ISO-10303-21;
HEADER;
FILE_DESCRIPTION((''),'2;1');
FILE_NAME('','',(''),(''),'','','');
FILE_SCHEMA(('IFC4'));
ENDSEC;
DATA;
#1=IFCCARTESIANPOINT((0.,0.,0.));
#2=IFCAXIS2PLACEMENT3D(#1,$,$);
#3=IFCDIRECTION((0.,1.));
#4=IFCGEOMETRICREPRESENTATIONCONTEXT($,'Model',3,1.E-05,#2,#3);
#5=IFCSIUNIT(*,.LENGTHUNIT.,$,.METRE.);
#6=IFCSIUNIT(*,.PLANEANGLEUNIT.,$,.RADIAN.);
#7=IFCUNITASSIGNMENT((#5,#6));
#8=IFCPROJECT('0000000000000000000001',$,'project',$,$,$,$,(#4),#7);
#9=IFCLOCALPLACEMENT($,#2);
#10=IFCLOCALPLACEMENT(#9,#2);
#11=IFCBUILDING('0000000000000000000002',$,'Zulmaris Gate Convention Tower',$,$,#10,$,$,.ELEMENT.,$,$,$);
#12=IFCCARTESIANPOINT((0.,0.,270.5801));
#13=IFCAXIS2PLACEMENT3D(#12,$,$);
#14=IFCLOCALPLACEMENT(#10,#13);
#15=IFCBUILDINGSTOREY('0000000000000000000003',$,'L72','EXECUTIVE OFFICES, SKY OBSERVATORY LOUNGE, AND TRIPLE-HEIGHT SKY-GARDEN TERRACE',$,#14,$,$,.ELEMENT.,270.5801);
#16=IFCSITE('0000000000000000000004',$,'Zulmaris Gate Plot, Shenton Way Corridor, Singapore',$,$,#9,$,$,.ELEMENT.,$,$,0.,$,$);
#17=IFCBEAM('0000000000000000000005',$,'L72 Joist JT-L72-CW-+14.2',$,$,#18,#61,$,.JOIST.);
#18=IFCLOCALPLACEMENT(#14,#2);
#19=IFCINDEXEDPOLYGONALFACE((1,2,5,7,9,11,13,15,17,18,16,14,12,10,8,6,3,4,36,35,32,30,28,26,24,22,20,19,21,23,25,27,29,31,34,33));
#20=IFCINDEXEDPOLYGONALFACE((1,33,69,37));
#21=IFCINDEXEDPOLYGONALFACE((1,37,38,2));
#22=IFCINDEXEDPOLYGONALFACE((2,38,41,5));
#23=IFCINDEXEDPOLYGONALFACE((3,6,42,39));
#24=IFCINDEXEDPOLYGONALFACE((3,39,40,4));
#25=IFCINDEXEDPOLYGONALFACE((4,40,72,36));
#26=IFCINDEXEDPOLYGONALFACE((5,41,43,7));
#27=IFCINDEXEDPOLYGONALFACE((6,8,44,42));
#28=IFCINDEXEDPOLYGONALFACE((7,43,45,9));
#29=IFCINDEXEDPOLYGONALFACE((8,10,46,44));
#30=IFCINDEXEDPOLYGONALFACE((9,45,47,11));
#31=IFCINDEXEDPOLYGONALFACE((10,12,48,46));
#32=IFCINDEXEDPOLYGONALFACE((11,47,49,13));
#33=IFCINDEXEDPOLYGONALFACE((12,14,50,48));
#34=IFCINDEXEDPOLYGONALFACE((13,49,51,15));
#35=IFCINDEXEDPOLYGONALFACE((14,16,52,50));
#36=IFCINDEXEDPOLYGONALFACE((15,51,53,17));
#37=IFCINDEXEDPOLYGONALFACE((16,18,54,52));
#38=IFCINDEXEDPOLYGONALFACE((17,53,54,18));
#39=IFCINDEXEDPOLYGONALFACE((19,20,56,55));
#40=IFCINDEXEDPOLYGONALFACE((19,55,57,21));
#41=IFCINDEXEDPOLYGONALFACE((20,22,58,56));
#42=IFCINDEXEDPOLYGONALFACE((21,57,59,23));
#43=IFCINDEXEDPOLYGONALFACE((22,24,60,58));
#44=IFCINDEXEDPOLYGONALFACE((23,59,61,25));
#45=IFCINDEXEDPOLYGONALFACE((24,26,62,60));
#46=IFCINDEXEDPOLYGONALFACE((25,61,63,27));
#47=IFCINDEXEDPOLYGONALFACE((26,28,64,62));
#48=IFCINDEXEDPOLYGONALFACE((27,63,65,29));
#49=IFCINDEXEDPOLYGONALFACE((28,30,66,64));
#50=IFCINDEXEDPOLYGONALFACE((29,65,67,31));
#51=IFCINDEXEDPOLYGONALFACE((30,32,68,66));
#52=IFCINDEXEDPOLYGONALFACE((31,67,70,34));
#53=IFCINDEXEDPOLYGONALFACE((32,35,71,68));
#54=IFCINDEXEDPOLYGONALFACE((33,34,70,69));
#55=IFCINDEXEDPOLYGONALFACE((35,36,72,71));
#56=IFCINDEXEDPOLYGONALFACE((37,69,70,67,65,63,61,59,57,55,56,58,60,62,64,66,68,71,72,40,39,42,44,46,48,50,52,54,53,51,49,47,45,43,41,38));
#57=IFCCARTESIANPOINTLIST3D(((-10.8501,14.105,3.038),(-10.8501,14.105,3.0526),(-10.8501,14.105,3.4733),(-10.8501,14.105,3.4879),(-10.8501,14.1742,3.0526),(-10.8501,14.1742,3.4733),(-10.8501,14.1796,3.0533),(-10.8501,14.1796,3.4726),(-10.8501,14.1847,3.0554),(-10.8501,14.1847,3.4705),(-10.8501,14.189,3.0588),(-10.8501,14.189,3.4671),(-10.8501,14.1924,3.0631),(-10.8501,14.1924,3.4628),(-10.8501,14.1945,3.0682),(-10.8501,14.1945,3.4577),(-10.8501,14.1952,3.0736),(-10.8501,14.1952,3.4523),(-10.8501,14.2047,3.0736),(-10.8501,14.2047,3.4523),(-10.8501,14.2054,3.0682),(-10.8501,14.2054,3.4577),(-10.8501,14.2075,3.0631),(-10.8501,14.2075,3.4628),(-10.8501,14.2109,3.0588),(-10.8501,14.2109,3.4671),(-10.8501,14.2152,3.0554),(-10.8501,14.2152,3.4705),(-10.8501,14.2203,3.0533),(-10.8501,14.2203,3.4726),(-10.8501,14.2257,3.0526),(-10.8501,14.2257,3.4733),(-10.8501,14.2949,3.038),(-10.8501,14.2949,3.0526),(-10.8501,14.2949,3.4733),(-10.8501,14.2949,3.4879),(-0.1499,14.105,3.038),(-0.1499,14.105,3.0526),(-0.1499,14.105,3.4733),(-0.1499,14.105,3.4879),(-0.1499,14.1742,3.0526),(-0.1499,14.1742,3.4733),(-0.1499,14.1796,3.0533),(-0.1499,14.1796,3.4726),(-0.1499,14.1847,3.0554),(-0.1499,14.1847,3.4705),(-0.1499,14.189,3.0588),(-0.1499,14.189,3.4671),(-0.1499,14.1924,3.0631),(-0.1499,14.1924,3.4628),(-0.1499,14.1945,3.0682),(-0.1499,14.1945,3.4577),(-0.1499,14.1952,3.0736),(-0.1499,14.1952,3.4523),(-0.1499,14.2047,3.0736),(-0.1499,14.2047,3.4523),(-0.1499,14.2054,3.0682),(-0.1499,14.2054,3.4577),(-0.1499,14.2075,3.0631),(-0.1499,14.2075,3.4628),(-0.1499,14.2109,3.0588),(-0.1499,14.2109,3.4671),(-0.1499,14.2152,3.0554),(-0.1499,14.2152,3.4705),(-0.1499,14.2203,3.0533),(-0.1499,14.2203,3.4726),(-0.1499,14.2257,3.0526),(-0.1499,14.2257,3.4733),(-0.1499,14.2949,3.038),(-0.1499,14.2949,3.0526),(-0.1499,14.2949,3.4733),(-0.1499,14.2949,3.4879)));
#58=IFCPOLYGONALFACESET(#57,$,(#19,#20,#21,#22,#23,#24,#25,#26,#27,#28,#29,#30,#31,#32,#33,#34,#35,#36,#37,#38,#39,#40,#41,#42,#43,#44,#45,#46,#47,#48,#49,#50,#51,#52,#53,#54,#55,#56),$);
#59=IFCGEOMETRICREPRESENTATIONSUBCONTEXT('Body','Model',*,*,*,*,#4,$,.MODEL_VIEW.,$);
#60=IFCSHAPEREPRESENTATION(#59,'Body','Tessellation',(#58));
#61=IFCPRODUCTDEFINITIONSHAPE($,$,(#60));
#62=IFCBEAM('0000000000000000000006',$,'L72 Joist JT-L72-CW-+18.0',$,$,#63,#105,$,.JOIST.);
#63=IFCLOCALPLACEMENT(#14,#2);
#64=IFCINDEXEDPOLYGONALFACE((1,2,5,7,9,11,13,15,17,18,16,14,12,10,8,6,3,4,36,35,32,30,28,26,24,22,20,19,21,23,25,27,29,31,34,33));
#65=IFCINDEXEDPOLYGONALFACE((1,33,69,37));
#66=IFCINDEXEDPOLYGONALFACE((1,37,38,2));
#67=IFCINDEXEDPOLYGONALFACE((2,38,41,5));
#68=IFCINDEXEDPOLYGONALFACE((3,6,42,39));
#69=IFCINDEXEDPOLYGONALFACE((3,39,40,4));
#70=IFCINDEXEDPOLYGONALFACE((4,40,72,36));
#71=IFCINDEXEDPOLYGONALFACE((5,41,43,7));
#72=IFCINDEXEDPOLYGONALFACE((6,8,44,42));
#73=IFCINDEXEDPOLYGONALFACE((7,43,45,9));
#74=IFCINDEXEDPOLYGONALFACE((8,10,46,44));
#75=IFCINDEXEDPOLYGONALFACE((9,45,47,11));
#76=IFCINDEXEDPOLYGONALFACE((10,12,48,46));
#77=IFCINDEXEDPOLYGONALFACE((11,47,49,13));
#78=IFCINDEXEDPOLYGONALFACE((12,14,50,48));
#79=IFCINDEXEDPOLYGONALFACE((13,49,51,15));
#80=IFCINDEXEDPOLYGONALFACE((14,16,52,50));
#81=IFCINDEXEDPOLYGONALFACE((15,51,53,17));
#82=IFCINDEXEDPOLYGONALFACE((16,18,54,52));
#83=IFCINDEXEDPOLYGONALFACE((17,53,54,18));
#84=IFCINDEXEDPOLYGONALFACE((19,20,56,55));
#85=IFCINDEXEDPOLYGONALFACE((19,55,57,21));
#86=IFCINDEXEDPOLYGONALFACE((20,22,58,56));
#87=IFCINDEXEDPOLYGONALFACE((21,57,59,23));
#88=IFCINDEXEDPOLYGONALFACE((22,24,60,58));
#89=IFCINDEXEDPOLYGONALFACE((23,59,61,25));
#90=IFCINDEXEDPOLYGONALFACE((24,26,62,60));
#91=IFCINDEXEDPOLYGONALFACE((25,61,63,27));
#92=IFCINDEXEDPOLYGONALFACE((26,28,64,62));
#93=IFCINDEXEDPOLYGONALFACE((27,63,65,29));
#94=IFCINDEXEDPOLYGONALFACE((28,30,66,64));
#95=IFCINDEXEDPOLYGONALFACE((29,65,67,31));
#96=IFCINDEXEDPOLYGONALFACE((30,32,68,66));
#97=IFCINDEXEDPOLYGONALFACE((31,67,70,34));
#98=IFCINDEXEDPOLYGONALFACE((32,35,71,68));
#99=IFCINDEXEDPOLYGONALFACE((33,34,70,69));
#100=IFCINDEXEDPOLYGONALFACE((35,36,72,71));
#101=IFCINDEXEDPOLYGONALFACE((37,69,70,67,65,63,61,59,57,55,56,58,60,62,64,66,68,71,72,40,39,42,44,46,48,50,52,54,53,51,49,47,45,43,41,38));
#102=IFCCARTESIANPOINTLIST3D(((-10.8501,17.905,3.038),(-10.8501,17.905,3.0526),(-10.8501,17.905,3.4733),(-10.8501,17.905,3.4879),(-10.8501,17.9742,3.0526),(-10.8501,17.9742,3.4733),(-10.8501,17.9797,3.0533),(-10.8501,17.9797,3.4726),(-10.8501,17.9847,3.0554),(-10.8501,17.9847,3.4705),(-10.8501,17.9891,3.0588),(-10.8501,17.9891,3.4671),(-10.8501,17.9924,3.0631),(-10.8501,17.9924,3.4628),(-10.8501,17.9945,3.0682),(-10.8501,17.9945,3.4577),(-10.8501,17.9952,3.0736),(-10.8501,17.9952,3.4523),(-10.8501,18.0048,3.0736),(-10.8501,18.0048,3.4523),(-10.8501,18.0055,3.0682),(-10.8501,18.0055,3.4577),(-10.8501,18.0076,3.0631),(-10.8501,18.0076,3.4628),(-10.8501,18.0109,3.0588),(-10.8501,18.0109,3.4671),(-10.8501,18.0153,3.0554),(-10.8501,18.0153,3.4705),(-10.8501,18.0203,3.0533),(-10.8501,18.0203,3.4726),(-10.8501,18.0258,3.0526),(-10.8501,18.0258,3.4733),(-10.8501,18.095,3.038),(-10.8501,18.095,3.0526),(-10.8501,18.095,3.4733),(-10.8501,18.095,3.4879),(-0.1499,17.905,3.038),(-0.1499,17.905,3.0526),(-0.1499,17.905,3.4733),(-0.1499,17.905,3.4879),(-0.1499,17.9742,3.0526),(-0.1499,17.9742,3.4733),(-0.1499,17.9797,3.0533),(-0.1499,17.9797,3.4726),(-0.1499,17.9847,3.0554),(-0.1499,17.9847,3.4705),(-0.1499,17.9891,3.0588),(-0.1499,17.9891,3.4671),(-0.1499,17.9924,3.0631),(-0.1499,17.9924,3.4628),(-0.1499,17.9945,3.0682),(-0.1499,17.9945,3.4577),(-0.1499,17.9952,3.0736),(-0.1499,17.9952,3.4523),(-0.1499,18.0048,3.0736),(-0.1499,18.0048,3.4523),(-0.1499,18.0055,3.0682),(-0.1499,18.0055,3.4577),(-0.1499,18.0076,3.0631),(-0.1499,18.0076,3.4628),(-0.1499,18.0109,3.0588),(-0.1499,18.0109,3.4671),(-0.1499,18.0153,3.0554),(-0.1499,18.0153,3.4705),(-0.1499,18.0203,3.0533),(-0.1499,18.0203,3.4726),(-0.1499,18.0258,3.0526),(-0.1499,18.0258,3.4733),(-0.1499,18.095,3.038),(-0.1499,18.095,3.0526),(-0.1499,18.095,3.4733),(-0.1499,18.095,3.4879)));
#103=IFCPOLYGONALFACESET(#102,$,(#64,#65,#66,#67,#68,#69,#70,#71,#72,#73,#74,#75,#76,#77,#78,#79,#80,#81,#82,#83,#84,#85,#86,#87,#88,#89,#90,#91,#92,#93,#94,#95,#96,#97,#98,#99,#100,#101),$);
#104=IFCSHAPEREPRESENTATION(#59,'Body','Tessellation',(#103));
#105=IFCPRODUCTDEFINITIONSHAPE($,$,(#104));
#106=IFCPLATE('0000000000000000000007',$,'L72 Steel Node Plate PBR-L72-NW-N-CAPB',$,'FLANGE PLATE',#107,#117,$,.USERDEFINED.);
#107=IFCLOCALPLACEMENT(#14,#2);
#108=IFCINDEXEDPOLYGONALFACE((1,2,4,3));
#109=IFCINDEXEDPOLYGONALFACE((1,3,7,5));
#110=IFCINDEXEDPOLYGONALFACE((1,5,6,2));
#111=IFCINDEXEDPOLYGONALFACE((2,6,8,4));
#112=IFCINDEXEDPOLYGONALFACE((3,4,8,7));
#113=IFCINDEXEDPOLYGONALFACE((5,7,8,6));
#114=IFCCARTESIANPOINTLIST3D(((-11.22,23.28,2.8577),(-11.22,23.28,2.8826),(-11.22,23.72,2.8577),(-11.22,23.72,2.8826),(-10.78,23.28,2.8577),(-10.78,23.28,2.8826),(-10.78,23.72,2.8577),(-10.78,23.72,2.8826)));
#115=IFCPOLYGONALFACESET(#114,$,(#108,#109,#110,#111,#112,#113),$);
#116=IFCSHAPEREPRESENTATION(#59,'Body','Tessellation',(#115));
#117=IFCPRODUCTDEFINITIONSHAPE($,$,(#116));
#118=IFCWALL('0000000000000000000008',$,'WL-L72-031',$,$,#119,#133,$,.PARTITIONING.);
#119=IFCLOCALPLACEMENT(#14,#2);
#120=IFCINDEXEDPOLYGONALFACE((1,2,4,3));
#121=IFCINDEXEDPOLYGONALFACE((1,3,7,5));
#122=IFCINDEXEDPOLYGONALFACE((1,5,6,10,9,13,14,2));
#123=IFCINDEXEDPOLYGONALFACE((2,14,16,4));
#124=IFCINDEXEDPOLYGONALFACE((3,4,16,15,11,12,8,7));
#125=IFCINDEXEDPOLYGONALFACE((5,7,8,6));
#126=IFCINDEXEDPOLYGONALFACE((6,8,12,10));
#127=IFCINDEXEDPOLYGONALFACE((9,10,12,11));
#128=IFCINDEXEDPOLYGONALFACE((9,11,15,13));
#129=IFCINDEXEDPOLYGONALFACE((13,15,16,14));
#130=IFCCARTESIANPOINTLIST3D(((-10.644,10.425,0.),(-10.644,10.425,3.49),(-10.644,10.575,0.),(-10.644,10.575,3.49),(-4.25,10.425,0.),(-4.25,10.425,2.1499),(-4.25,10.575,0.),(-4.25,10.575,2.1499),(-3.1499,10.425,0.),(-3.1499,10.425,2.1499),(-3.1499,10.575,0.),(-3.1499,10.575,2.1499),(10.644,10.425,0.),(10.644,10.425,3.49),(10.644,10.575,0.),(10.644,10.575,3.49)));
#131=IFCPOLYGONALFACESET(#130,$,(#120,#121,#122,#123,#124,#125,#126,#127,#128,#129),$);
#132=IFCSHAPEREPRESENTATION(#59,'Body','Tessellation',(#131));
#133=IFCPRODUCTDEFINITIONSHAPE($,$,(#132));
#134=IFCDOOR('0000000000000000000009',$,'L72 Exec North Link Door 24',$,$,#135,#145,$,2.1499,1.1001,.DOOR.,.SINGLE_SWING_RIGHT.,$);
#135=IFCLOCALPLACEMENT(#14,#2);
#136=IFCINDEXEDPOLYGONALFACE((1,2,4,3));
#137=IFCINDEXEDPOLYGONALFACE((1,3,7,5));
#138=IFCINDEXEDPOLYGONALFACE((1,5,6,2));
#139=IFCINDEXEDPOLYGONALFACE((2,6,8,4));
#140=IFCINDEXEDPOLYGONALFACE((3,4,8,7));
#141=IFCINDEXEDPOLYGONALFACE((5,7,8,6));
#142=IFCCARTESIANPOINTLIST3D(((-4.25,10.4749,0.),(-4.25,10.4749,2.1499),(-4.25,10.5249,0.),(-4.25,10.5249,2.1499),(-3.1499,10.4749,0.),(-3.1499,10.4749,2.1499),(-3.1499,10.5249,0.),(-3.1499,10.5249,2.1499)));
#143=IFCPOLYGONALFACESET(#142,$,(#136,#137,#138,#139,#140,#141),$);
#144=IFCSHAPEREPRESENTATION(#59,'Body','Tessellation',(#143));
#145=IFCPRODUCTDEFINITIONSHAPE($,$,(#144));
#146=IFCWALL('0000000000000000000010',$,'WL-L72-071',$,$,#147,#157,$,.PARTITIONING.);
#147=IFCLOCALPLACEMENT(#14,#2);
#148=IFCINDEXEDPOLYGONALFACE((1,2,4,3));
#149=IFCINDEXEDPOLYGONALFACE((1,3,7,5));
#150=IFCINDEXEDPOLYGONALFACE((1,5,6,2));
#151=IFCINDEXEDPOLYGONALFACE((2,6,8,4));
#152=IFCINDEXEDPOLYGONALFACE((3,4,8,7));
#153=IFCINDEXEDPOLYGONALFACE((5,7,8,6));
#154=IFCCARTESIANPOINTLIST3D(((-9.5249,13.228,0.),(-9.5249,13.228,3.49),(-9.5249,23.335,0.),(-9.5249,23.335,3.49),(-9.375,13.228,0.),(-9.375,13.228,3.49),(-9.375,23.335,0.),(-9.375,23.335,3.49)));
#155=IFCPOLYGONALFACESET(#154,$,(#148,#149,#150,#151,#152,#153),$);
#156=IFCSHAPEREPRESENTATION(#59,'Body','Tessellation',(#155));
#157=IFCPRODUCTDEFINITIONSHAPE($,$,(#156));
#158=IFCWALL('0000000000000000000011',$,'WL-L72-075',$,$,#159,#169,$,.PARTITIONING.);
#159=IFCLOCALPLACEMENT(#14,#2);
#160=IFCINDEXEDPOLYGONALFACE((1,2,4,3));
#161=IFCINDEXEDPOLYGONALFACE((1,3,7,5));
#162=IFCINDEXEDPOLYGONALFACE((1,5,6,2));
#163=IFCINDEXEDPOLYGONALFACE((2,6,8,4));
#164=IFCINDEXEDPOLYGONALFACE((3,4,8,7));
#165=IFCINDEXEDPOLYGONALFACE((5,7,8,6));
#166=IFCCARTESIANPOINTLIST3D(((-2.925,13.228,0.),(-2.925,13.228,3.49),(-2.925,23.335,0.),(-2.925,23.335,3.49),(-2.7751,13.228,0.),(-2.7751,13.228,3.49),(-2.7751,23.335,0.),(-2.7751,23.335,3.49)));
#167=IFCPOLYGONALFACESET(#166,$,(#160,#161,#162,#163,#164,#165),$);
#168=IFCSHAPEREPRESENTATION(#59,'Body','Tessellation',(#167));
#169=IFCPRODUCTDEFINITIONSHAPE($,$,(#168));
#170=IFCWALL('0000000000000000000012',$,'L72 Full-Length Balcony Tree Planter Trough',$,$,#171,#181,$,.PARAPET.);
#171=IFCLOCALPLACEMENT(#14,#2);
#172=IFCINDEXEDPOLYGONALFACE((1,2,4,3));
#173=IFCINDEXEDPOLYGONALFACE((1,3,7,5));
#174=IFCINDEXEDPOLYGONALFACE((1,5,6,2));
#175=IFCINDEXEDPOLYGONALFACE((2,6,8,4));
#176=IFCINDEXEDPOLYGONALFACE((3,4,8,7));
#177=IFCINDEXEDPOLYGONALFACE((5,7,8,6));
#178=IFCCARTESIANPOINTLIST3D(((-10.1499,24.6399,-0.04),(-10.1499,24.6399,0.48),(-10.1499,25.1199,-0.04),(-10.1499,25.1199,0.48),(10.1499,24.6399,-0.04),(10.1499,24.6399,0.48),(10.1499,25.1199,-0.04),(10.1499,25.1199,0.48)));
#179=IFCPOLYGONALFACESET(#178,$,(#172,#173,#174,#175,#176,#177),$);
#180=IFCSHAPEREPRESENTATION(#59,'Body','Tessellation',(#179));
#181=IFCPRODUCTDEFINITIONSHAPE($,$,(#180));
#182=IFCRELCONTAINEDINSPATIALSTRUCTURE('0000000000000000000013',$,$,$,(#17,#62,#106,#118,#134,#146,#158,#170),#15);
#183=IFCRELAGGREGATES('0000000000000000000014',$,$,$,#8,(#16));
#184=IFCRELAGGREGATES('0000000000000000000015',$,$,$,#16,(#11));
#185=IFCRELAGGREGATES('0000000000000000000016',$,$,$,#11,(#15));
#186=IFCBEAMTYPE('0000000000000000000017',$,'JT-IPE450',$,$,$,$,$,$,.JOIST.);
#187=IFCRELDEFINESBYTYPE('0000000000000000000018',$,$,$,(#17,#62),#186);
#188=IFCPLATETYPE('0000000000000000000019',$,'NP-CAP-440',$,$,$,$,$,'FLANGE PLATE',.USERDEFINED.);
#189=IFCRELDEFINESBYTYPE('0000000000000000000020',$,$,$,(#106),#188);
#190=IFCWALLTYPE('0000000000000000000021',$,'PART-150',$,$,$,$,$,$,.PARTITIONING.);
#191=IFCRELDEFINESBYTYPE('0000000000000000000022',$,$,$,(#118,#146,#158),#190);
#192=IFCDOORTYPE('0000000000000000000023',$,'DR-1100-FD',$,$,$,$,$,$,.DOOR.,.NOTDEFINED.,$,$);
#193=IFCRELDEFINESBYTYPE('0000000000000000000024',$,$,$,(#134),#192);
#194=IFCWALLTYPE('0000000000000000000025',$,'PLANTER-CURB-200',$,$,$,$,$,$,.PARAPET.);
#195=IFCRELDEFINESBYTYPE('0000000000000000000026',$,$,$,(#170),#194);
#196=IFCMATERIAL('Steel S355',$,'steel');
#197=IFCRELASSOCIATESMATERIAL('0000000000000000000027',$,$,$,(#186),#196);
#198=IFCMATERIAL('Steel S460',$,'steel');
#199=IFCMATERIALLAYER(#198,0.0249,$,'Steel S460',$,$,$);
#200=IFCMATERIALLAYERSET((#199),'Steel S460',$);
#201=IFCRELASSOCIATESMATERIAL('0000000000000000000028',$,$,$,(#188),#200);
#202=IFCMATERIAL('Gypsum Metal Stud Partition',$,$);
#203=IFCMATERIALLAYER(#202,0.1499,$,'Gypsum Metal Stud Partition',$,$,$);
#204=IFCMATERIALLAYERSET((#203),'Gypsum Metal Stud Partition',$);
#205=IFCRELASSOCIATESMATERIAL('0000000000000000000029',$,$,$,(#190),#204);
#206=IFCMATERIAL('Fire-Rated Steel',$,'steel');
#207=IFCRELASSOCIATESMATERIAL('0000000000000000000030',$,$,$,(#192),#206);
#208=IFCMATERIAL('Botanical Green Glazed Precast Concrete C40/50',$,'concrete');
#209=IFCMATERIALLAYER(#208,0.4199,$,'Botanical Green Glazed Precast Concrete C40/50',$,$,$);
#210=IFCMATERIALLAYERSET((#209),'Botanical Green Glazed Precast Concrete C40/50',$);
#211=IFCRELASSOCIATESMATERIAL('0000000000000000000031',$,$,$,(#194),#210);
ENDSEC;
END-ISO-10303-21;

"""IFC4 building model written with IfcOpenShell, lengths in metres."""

from ifc_helpers import new_model, si_unit, direction, frame, frame_2d, origin, origin_2d, place, context, subcontext, project, spatial, rectangle, i_section, extrude, material, layer, layer_set, material_profile, profile_set, type_object, element, fill, save


model = new_model("IFC4")

# Units and contexts
model_context = context("Model", 3, precision=1e-05, world=origin(), true_north=direction((0.0, 1.0)))
body_context = subcontext(model_context, "Body", "Model", "MODEL_VIEW")
ifc_project = project(units=[si_unit("LENGTHUNIT", "METRE"), si_unit("PLANEANGLEUNIT", "RADIAN")], contexts=[model_context])

# Site, building, storey
site_placement = place(None, origin())
site = spatial("IfcSite", under=ifc_project, at=site_placement, Name="Zulmaris Gate Plot, Shenton Way Corridor, Singapore", CompositionType="ELEMENT", RefElevation=0.0)
building_placement = place(site_placement, origin())
building = spatial("IfcBuilding", under=site, at=building_placement, Name="Zulmaris Gate Convention Tower", CompositionType="ELEMENT")
storey_placement = place(building_placement, frame((0.0, 0.0, 270.5801)))
storey = spatial("IfcBuildingStorey", under=building, at=storey_placement, Name="L72", Description="EXECUTIVE OFFICES, SKY OBSERVATORY LOUNGE, AND TRIPLE-HEIGHT SKY-GARDEN TERRACE", CompositionType="ELEMENT", Elevation=270.5801)

# Beams
ifc_material_1 = material(Name="Steel S355", Category="steel")
ifc_material_profile_1 = material_profile(ifc_material_1, i_section(OverallWidth=0.1899, OverallDepth=0.45, WebThickness=0.0095, FlangeThickness=0.0146, FilletRadius=0.021, at=origin_2d()), Name="IPE 450")
ifc_profile_set_1 = profile_set([ifc_material_profile_1], Name="Steel S355")
beam_type_1 = type_object("IfcBeamType", Name="JT-IPE450", PredefinedType="JOIST", material=ifc_profile_set_1)
for number, where, z_axis, x_axis, name in (
    (1, (-10.8501, 14.2, 3.2629), (1.0, 0.0, 0.0), (0.0, 1.0, 0.0), "L72 Joist JT-L72-CW-+14.2"),
    (2, (-10.8501, 18.0, 3.2629), (1.0, 0.0, 0.0), (0.0, 1.0, 0.0), "L72 Joist JT-L72-CW-+18.0"),
):
    element("IfcBeam", number, at=place(storey_placement, frame(where, z_axis=z_axis, x_axis=x_axis)), inside=storey, type_object=beam_type_1, Name=name, PredefinedType="JOIST", context=body_context, shape_type="SweptSolid", body=[
        extrude(i_section(OverallWidth=0.1899, OverallDepth=0.45, WebThickness=0.0095, FlangeThickness=0.0146, FilletRadius=0.021, at=origin_2d()), origin(), (0.0, 0.0, 1.0), 10.7002),
    ])

# Plate
ifc_material_2 = material(Name="Steel S460", Category="steel")
ifc_layer_1 = layer(ifc_material_2, 0.0249, Name="Steel S460")
ifc_layer_set_1 = layer_set([ifc_layer_1], Name="Steel S460")
plate_type = type_object("IfcPlateType", Name="NP-CAP-440", ElementType="FLANGE PLATE", PredefinedType="USERDEFINED", material=ifc_layer_set_1)
plate_placement = place(storey_placement, frame((-11.0, 23.5, 2.8577), z_axis=(0.0, 0.0, 1.0), x_axis=(1.0, 0.0, 0.0)))
element("IfcPlate", 3, at=plate_placement, inside=storey, type_object=plate_type, Name="L72 Steel Node Plate PBR-L72-NW-N-CAPB", ObjectType="FLANGE PLATE", PredefinedType="USERDEFINED", context=body_context, shape_type="SweptSolid", body=[
    extrude(rectangle(XDim=0.4399, YDim=0.4399, at=origin_2d()), origin(), (0.0, 0.0, 1.0), 0.0249),
])

# Wall, opening, door
ifc_material_3 = material(Name="Gypsum Metal Stud Partition")
ifc_layer_2 = layer(ifc_material_3, 0.1499, Name="Gypsum Metal Stud Partition")
ifc_layer_set_2 = layer_set([ifc_layer_2], Name="Gypsum Metal Stud Partition")
wall_type_1 = type_object("IfcWallType", Name="PART-150", PredefinedType="PARTITIONING", material=ifc_layer_set_2)
wall_1_placement = place(storey_placement, frame((-10.644, 10.5, 0.0), z_axis=(0.0, 0.0, 1.0), x_axis=(1.0, 0.0, 0.0)))
wall_1 = element("IfcWall", 4, at=wall_1_placement, inside=storey, type_object=wall_type_1, Name="WL-L72-031", PredefinedType="PARTITIONING", context=body_context, shape_type="SweptSolid", body=[
    extrude(rectangle(XDim=21.2881, YDim=0.1499, at=frame_2d((10.644, 0.0))), origin(), (0.0, 0.0, 1.0), 3.49),
])
opening_1_placement = place(wall_1_placement, frame((6.394, 0.0, 0.0)))
opening_1 = element("IfcOpeningElement", 5, at=opening_1_placement, cuts=wall_1, PredefinedType="OPENING", context=body_context, shape_type="SweptSolid", body=[
    extrude(rectangle(XDim=1.1001, YDim=2.1499, at=frame_2d((0.55, 1.075))), frame((0.0, 0.085, 0.0), z_axis=(0.0, -1.0, 0.0), x_axis=(1.0, 0.0, 0.0)), (0.0, 0.0, 1.0), 0.1699),
])
ifc_material_4 = material(Name="Fire-Rated Steel", Category="steel")
door_type_1 = type_object("IfcDoorType", Name="DR-1100-FD", OperationType="NOTDEFINED", PredefinedType="DOOR", material=ifc_material_4)
door_1_placement = place(opening_1_placement, origin())
door_1 = element("IfcDoor", 6, at=door_1_placement, inside=storey, type_object=door_type_1, Name="L72 Exec North Link Door 24", OperationType="SINGLE_SWING_RIGHT", OverallHeight=2.1499, OverallWidth=1.1001, PredefinedType="DOOR", context=body_context, shape_type="SweptSolid", body=[
    extrude(rectangle(XDim=1.1001, YDim=2.1499, at=frame_2d((0.55, 1.075))), frame((0.0, 0.0249, 0.0), z_axis=(0.0, -1.0, 0.0), x_axis=(1.0, 0.0, 0.0)), (0.0, 0.0, 1.0), 0.05),
])
fill(opening_1, door_1)

# Walls
for number, where, z_axis, x_axis, name in (
    (7, (-9.45, 13.228, 0.0), (0.0, 0.0, 1.0), (0.0, 1.0, 0.0), "WL-L72-071"),
    (8, (-2.8501, 13.228, 0.0), (0.0, 0.0, 1.0), (0.0, 1.0, 0.0), "WL-L72-075"),
):
    element("IfcWall", number, at=place(storey_placement, frame(where, z_axis=z_axis, x_axis=x_axis)), inside=storey, type_object=wall_type_1, Name=name, PredefinedType="PARTITIONING", context=body_context, shape_type="SweptSolid", body=[
        extrude(rectangle(XDim=10.1069, YDim=0.1499, at=frame_2d((5.0535, 0.0))), origin(), (0.0, 0.0, 1.0), 3.49),
    ])
ifc_material_5 = material(Name="Botanical Green Glazed Precast Concrete C40/50", Category="concrete")
ifc_layer_3 = layer(ifc_material_5, 0.4199, Name="Botanical Green Glazed Precast Concrete C40/50")
ifc_layer_set_3 = layer_set([ifc_layer_3], Name="Botanical Green Glazed Precast Concrete C40/50")
wall_type_2 = type_object("IfcWallType", Name="PLANTER-CURB-200", PredefinedType="PARAPET", material=ifc_layer_set_3)
wall_2_placement = place(storey_placement, frame((-10.1499, 24.8799, -0.04), z_axis=(0.0, 0.0, 1.0), x_axis=(1.0, 0.0, 0.0)))
element("IfcWall", 9, at=wall_2_placement, inside=storey, type_object=wall_type_2, Name="L72 Full-Length Balcony Tree Planter Trough", PredefinedType="PARAPET", context=body_context, shape_type="SweptSolid", body=[
    extrude(rectangle(XDim=20.2998, YDim=0.48, at=frame_2d((10.1499, 0.0))), origin(), (0.0, 0.0, 1.0), 0.52),
])

save(model, "model.ifc")
